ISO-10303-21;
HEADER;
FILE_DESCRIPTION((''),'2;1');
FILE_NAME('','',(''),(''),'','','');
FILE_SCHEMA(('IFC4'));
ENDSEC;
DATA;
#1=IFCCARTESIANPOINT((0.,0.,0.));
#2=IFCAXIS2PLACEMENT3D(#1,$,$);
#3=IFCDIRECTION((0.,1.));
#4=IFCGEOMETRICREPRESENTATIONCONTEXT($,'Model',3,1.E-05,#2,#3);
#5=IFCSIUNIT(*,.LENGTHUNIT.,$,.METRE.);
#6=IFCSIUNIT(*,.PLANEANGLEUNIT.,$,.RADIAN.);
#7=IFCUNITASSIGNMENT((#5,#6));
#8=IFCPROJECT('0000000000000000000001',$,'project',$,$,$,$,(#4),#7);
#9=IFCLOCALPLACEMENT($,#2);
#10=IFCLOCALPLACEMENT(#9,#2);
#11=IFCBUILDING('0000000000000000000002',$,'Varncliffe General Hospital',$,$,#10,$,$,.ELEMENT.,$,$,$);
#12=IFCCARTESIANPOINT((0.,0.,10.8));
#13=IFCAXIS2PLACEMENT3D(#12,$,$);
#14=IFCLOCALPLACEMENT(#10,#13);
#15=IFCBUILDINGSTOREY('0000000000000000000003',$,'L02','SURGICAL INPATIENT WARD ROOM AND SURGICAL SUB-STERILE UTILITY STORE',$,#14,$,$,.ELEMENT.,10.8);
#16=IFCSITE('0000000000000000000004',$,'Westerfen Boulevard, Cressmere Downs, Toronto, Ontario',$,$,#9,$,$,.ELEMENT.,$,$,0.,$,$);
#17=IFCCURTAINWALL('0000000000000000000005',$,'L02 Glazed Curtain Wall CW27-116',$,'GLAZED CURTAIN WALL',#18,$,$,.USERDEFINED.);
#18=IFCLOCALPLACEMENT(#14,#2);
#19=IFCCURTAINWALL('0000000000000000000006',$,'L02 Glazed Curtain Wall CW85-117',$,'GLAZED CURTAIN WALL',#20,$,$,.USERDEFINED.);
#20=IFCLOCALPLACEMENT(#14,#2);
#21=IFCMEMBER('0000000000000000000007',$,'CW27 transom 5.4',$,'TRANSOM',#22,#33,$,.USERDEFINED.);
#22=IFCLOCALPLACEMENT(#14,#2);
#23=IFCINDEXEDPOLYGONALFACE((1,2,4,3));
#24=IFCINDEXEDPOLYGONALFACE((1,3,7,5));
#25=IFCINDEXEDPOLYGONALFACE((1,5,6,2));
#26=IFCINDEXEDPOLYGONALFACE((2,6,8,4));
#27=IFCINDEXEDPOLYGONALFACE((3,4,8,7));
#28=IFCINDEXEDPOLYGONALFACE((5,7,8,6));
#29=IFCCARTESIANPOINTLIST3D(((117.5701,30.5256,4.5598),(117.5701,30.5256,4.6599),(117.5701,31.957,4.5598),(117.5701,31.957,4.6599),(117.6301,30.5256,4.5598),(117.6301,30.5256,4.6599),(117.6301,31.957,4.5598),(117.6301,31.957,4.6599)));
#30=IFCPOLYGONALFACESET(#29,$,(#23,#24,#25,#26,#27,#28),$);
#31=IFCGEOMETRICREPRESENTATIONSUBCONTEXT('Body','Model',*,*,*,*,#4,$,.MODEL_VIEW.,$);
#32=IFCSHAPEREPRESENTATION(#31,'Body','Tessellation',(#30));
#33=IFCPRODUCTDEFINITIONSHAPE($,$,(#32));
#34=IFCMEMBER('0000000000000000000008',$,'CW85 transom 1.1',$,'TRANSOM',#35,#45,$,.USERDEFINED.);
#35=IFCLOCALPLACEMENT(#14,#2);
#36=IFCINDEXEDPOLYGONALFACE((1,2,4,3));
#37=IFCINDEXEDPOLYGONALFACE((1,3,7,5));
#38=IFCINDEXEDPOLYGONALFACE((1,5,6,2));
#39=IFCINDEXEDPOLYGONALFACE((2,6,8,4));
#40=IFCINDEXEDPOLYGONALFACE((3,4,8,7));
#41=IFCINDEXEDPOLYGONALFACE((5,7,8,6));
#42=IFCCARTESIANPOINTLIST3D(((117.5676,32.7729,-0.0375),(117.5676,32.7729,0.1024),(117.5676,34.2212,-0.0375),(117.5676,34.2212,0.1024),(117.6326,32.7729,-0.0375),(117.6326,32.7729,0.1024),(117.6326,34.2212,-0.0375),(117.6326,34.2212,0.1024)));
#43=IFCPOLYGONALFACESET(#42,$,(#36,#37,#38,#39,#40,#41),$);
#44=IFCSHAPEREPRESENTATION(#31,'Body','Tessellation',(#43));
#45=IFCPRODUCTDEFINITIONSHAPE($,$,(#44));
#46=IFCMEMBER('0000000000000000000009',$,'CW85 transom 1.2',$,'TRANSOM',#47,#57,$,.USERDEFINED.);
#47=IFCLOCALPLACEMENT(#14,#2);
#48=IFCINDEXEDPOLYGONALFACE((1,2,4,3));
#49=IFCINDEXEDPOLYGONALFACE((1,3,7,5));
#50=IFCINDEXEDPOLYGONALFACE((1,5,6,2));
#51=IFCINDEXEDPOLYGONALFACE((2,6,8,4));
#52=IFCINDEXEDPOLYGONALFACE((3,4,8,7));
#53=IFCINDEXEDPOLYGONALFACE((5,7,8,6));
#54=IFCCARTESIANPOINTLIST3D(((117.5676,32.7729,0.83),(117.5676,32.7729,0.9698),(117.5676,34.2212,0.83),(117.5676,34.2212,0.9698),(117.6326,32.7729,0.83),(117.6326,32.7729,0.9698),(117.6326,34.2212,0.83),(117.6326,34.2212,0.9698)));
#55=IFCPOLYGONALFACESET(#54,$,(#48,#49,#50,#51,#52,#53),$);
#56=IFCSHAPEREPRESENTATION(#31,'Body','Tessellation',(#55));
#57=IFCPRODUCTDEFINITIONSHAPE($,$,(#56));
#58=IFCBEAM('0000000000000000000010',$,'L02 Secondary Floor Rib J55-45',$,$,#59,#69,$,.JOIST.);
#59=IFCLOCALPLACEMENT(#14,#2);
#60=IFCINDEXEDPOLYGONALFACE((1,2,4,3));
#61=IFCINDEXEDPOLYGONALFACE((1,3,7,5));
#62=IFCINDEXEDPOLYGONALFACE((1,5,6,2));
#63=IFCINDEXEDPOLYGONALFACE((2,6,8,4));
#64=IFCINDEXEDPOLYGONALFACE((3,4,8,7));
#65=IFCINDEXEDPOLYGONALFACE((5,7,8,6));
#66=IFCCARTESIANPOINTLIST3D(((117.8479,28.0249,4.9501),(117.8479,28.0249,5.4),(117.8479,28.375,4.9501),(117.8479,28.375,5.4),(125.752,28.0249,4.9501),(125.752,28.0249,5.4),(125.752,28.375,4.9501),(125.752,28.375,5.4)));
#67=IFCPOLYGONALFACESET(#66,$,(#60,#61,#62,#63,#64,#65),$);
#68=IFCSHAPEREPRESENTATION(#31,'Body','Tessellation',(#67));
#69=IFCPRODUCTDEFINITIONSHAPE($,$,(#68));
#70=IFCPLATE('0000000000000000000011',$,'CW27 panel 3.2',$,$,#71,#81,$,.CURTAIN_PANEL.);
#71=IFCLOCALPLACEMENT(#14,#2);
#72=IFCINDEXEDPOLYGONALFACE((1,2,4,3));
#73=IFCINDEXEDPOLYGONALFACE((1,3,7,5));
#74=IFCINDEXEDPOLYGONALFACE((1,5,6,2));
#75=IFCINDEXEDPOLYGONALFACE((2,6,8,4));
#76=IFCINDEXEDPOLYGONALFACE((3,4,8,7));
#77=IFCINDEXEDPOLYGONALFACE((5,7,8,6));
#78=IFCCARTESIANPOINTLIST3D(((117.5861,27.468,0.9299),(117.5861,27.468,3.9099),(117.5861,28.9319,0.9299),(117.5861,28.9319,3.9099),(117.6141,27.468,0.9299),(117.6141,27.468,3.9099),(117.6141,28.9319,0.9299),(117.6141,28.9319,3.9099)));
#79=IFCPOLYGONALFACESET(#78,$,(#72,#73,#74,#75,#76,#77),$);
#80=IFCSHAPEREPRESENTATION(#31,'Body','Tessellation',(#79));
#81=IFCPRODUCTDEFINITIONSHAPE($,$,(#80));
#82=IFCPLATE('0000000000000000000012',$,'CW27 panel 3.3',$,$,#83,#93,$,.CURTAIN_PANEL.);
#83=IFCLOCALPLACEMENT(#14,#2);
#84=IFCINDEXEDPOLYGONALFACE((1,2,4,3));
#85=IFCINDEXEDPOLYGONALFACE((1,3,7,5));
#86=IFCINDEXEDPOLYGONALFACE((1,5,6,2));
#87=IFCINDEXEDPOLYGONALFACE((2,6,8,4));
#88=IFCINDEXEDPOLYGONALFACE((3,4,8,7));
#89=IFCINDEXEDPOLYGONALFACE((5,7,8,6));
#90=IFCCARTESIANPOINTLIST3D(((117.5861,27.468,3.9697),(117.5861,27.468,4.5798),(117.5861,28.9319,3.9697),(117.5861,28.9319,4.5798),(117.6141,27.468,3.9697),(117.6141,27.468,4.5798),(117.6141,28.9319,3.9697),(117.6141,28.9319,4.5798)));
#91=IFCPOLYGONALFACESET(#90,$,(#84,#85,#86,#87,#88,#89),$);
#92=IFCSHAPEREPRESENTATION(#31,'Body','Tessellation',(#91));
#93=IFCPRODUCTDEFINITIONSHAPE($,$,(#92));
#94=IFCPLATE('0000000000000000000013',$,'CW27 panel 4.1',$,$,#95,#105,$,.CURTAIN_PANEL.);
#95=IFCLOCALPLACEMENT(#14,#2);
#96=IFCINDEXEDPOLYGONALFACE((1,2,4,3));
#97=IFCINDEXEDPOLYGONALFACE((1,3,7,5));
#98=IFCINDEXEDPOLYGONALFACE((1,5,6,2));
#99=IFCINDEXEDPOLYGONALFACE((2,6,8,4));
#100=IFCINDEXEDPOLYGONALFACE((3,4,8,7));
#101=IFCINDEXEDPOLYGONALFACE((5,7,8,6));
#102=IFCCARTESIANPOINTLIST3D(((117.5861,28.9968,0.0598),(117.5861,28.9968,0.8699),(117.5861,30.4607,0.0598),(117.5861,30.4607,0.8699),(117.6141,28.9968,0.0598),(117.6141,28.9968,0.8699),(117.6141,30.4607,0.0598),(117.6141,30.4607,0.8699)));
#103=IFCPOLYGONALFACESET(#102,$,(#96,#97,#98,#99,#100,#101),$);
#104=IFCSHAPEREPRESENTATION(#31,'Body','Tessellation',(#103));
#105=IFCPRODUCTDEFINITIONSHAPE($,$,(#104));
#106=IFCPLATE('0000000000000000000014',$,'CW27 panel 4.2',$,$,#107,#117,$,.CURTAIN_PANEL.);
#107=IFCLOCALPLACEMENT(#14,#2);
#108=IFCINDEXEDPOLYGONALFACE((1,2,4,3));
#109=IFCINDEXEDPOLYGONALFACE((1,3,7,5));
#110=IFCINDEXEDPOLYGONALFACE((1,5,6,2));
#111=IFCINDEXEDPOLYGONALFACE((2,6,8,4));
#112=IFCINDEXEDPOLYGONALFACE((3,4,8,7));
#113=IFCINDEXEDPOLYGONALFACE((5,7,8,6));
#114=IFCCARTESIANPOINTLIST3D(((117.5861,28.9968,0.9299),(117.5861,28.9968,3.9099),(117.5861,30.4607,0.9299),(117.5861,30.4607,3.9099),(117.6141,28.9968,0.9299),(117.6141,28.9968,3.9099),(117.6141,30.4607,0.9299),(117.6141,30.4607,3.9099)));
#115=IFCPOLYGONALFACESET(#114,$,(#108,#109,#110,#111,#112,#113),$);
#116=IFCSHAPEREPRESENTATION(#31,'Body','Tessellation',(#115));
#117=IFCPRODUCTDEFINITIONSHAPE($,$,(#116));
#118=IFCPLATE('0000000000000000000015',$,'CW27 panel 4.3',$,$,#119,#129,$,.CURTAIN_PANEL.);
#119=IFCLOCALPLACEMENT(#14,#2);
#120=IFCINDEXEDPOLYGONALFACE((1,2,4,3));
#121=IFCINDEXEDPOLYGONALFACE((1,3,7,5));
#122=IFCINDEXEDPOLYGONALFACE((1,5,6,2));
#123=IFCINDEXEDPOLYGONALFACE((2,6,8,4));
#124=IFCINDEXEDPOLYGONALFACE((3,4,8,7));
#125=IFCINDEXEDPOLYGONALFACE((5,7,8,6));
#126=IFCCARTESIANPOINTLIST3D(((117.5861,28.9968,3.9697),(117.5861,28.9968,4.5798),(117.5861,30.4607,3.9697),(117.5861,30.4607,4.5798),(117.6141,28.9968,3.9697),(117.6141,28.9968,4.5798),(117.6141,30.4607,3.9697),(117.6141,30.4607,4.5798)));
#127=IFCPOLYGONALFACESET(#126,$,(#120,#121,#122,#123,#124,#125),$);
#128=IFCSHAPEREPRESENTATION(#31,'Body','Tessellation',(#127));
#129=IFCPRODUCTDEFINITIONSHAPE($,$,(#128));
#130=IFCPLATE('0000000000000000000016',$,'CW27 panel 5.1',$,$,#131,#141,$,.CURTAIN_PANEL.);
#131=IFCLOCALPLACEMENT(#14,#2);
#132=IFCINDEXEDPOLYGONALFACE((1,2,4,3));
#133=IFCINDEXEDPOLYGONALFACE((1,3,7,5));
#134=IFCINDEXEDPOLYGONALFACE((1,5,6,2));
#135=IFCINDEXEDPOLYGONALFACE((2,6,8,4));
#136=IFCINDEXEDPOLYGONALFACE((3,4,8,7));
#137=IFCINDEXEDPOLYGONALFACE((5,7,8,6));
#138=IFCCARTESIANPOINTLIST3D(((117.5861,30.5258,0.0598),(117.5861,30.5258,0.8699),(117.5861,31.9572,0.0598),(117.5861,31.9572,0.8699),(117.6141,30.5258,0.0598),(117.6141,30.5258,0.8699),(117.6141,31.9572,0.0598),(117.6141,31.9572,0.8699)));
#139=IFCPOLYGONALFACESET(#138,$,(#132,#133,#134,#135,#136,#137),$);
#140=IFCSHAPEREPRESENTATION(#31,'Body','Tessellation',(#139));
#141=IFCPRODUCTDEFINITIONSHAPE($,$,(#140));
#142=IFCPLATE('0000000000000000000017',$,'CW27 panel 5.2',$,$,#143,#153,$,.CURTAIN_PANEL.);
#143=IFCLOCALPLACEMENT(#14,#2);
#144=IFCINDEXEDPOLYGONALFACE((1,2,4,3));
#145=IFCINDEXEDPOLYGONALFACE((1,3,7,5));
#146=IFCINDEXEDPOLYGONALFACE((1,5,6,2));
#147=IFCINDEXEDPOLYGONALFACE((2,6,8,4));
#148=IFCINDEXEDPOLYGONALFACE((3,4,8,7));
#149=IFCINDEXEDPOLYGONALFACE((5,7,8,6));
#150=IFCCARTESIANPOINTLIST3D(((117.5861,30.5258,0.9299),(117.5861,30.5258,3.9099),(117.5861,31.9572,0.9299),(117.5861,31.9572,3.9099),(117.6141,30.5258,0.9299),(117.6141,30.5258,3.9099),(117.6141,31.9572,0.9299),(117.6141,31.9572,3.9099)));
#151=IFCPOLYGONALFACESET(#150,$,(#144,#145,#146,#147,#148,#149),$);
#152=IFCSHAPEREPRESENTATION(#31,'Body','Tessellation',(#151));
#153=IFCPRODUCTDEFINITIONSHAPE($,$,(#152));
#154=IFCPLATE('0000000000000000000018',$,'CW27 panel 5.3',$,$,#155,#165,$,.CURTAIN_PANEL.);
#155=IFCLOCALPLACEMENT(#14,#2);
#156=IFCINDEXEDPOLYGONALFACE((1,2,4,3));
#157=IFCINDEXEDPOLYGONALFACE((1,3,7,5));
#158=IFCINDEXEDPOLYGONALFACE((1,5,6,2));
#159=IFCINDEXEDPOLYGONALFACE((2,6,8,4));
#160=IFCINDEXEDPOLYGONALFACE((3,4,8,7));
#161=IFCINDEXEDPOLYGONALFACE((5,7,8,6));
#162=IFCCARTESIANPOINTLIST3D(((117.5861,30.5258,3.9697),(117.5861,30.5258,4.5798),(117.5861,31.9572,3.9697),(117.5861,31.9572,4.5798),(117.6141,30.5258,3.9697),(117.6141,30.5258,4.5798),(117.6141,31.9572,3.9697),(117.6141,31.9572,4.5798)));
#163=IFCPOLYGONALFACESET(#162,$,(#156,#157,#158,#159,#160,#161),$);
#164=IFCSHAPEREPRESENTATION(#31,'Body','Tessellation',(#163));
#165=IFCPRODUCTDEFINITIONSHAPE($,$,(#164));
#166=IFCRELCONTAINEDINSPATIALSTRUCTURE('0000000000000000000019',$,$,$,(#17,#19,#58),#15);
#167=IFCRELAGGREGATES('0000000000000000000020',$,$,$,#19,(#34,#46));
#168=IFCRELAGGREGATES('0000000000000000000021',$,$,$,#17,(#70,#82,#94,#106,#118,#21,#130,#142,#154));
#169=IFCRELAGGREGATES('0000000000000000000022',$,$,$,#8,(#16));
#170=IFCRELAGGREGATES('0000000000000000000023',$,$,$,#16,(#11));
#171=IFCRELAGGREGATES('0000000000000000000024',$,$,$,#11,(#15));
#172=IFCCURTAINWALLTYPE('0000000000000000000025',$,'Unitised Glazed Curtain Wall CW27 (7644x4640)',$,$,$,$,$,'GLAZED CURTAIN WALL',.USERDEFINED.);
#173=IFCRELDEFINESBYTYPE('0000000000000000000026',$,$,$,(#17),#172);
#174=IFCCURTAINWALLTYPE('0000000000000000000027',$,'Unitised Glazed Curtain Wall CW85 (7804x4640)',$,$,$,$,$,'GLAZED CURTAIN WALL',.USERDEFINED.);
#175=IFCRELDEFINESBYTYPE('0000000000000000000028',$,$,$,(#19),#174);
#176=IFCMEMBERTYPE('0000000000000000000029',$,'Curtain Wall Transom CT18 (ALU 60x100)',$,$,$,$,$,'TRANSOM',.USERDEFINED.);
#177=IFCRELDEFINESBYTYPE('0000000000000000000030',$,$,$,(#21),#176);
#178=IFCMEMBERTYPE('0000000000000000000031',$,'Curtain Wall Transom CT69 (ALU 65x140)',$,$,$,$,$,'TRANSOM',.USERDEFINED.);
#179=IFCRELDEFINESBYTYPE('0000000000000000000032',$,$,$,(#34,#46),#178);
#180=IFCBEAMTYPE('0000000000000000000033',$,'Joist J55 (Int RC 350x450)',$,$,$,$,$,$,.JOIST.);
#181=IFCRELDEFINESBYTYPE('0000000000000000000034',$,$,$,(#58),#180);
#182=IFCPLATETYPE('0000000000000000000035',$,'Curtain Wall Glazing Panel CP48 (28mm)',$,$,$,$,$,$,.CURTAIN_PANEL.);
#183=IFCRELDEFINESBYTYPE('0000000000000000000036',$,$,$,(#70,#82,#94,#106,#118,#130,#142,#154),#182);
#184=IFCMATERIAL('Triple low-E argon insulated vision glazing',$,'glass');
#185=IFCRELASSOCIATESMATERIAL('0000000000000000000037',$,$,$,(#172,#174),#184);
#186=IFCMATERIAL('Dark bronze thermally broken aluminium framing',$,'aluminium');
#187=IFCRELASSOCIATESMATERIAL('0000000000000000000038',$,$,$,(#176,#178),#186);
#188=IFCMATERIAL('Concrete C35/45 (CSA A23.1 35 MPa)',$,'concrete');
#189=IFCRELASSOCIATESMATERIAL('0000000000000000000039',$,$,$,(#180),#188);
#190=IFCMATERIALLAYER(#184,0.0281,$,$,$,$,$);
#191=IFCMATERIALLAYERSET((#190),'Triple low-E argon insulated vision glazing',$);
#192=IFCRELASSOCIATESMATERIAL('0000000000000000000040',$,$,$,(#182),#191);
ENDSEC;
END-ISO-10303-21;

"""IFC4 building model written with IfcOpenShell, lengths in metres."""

from ifc_helpers import new_model, si_unit, direction, frame, origin, origin_2d, place, context, subcontext, project, spatial, rectangle, extrude, material, layer, layer_set, material_profile, profile_set, type_object, element, aggregate, save


model = new_model("IFC4")

# Units and contexts
model_context = context("Model", 3, precision=1e-05, world=origin(), true_north=direction((0.0, 1.0)))
body_context = subcontext(model_context, "Body", "Model", "MODEL_VIEW")
ifc_project = project(units=[si_unit("LENGTHUNIT", "METRE"), si_unit("PLANEANGLEUNIT", "RADIAN")], contexts=[model_context])

# Site, building, storey
site_placement = place(None, origin())
site = spatial("IfcSite", under=ifc_project, at=site_placement, Name="Westerfen Boulevard, Cressmere Downs, Toronto, Ontario", CompositionType="ELEMENT", RefElevation=0.0)
building_placement = place(site_placement, origin())
building = spatial("IfcBuilding", under=site, at=building_placement, Name="Varncliffe General Hospital", CompositionType="ELEMENT")
storey_placement = place(building_placement, frame((0.0, 0.0, 10.8)))
storey = spatial("IfcBuildingStorey", under=building, at=storey_placement, Name="L02", Description="SURGICAL INPATIENT WARD ROOM AND SURGICAL SUB-STERILE UTILITY STORE", CompositionType="ELEMENT", Elevation=10.8)

# Shared definitions
ifc_material_1 = material(Name="Concrete C35/45 (CSA A23.1 35 MPa)", Category="concrete")

# Curtain wall
ifc_material_2 = material(Name="Triple low-E argon insulated vision glazing", Category="glass")
curtain_wall_type_1 = type_object("IfcCurtainWallType", Name="Unitised Glazed Curtain Wall CW27 (7644x4640)", ElementType="GLAZED CURTAIN WALL", PredefinedType="USERDEFINED", material=ifc_material_2)
curtain_wall_1_placement = place(storey_placement, origin())
curtain_wall_1 = element("IfcCurtainWall", 1, at=curtain_wall_1_placement, inside=storey, type_object=curtain_wall_type_1, Name="L02 Glazed Curtain Wall CW27-116", ObjectType="GLAZED CURTAIN WALL", PredefinedType="USERDEFINED")
ifc_material_3 = material(Name="Dark bronze thermally broken aluminium framing", Category="aluminium")

# Curtain wall
curtain_wall_type_2 = type_object("IfcCurtainWallType", Name="Unitised Glazed Curtain Wall CW85 (7804x4640)", ElementType="GLAZED CURTAIN WALL", PredefinedType="USERDEFINED", material=ifc_material_2)
curtain_wall_2_placement = place(storey_placement, origin())
curtain_wall_2 = element("IfcCurtainWall", 2, at=curtain_wall_2_placement, inside=storey, type_object=curtain_wall_type_2, Name="L02 Glazed Curtain Wall CW85-117", ObjectType="GLAZED CURTAIN WALL", PredefinedType="USERDEFINED")

# Members
ifc_material_profile_1 = material_profile(ifc_material_3, rectangle(XDim=0.0601, YDim=0.1001, at=origin_2d()), Name="ALU 60x100")
ifc_profile_set_1 = profile_set([ifc_material_profile_1], Name="Dark bronze thermally broken aluminium framing")
member_type_1 = type_object("IfcMemberType", Name="Curtain Wall Transom CT18 (ALU 60x100)", ElementType="TRANSOM", PredefinedType="USERDEFINED", material=ifc_profile_set_1)
member_1_placement = place(storey_placement, frame((117.6001, 30.5256, 4.6099), z_axis=(0.0, 1.0, 0.0), x_axis=(-1.0, 0.0, 0.0)))
member_1 = element("IfcMember", 3, at=member_1_placement, type_object=member_type_1, Name="CW27 transom 5.4", ObjectType="TRANSOM", PredefinedType="USERDEFINED", context=body_context, shape_type="SweptSolid", body=[
    extrude(rectangle(XDim=0.0601, YDim=0.1001, at=origin_2d()), origin(), (0.0, 0.0, 1.0), 1.4314),
])
ifc_material_profile_2 = material_profile(ifc_material_3, rectangle(XDim=0.0649, YDim=0.1399, at=origin_2d()), Name="ALU 65x140")
ifc_profile_set_2 = profile_set([ifc_material_profile_2], Name="Dark bronze thermally broken aluminium framing")
member_type_2 = type_object("IfcMemberType", Name="Curtain Wall Transom CT69 (ALU 65x140)", ElementType="TRANSOM", PredefinedType="USERDEFINED", material=ifc_profile_set_2)
member_2_placement = place(storey_placement, frame((117.6001, 32.7729, 0.0325), z_axis=(0.0, 1.0, 0.0), x_axis=(-1.0, 0.0, 0.0)))
member_2 = element("IfcMember", 4, at=member_2_placement, type_object=member_type_2, Name="CW85 transom 1.1", ObjectType="TRANSOM", PredefinedType="USERDEFINED", context=body_context, shape_type="SweptSolid", body=[
    extrude(rectangle(XDim=0.0649, YDim=0.1399, at=origin_2d()), origin(), (0.0, 0.0, 1.0), 1.4482),
])
member_3_placement = place(storey_placement, frame((117.6001, 32.7729, 0.8999), z_axis=(0.0, 1.0, 0.0), x_axis=(-1.0, 0.0, 0.0)))
member_3 = element("IfcMember", 5, at=member_3_placement, type_object=member_type_2, Name="CW85 transom 1.2", ObjectType="TRANSOM", PredefinedType="USERDEFINED", context=body_context, shape_type="SweptSolid", body=[
    extrude(rectangle(XDim=0.0649, YDim=0.1399, at=origin_2d()), origin(), (0.0, 0.0, 1.0), 1.4482),
])
aggregate(curtain_wall_2, [member_2, member_3])

# Beam
ifc_material_profile_3 = material_profile(ifc_material_1, rectangle(XDim=0.3501, YDim=0.45, at=origin_2d()), Name="RC 350x450")
ifc_profile_set_3 = profile_set([ifc_material_profile_3], Name="Concrete C35/45 (CSA A23.1 35 MPa)")
beam_type_1 = type_object("IfcBeamType", Name="Joist J55 (Int RC 350x450)", PredefinedType="JOIST", material=ifc_profile_set_3)
beam_1_placement = place(storey_placement, frame((117.8479, 28.2, 5.175), z_axis=(1.0, 0.0, 0.0), x_axis=(0.0, 1.0, 0.0)))
element("IfcBeam", 6, at=beam_1_placement, inside=storey, type_object=beam_type_1, Name="L02 Secondary Floor Rib J55-45", PredefinedType="JOIST", context=body_context, shape_type="SweptSolid", body=[
    extrude(rectangle(XDim=0.3501, YDim=0.45, at=origin_2d()), origin(), (0.0, 0.0, 1.0), 7.9041),
])

# Plates
ifc_layer = layer(ifc_material_2, 0.0281)
ifc_layer_set = layer_set([ifc_layer], Name="Triple low-E argon insulated vision glazing")
plate_type = type_object("IfcPlateType", Name="Curtain Wall Glazing Panel CP48 (28mm)", PredefinedType="CURTAIN_PANEL", material=ifc_layer_set)
plate_1_placement = place(storey_placement, frame((117.6001, 28.2, 0.9299), z_axis=(0.0, 0.0, 1.0), x_axis=(0.0, 1.0, 0.0)))
plate_1 = element("IfcPlate", 7, at=plate_1_placement, type_object=plate_type, Name="CW27 panel 3.2", PredefinedType="CURTAIN_PANEL", context=body_context, shape_type="SweptSolid", body=[
    extrude(rectangle(XDim=1.4639, YDim=0.0281, at=origin_2d()), origin(), (0.0, 0.0, 1.0), 2.98),
])
plate_2_placement = place(storey_placement, frame((117.6001, 28.2, 3.9697), z_axis=(0.0, 0.0, 1.0), x_axis=(0.0, 1.0, 0.0)))
plate_2 = element("IfcPlate", 8, at=plate_2_placement, type_object=plate_type, Name="CW27 panel 3.3", PredefinedType="CURTAIN_PANEL", context=body_context, shape_type="SweptSolid", body=[
    extrude(rectangle(XDim=1.4639, YDim=0.0281, at=origin_2d()), origin(), (0.0, 0.0, 1.0), 0.6101),
])
plate_3_placement = place(storey_placement, frame((117.6001, 29.7288, 0.0598), z_axis=(0.0, 0.0, 1.0), x_axis=(0.0, 1.0, 0.0)))
plate_3 = element("IfcPlate", 9, at=plate_3_placement, type_object=plate_type, Name="CW27 panel 4.1", PredefinedType="CURTAIN_PANEL", context=body_context, shape_type="SweptSolid", body=[
    extrude(rectangle(XDim=1.4639, YDim=0.0281, at=origin_2d()), origin(), (0.0, 0.0, 1.0), 0.8101),
])
plate_4_placement = place(storey_placement, frame((117.6001, 29.7288, 0.9299), z_axis=(0.0, 0.0, 1.0), x_axis=(0.0, 1.0, 0.0)))
plate_4 = element("IfcPlate", 10, at=plate_4_placement, type_object=plate_type, Name="CW27 panel 4.2", PredefinedType="CURTAIN_PANEL", context=body_context, shape_type="SweptSolid", body=[
    extrude(rectangle(XDim=1.4639, YDim=0.0281, at=origin_2d()), origin(), (0.0, 0.0, 1.0), 2.98),
])
plate_5_placement = place(storey_placement, frame((117.6001, 29.7288, 3.9697), z_axis=(0.0, 0.0, 1.0), x_axis=(0.0, 1.0, 0.0)))
plate_5 = element("IfcPlate", 11, at=plate_5_placement, type_object=plate_type, Name="CW27 panel 4.3", PredefinedType="CURTAIN_PANEL", context=body_context, shape_type="SweptSolid", body=[
    extrude(rectangle(XDim=1.4639, YDim=0.0281, at=origin_2d()), origin(), (0.0, 0.0, 1.0), 0.6101),
])
plate_6_placement = place(storey_placement, frame((117.6001, 31.2415, 0.0598), z_axis=(0.0, 0.0, 1.0), x_axis=(0.0, 1.0, 0.0)))
plate_6 = element("IfcPlate", 12, at=plate_6_placement, type_object=plate_type, Name="CW27 panel 5.1", PredefinedType="CURTAIN_PANEL", context=body_context, shape_type="SweptSolid", body=[
    extrude(rectangle(XDim=1.4314, YDim=0.0281, at=origin_2d()), origin(), (0.0, 0.0, 1.0), 0.8101),
])
plate_7_placement = place(storey_placement, frame((117.6001, 31.2415, 0.9299), z_axis=(0.0, 0.0, 1.0), x_axis=(0.0, 1.0, 0.0)))
plate_7 = element("IfcPlate", 13, at=plate_7_placement, type_object=plate_type, Name="CW27 panel 5.2", PredefinedType="CURTAIN_PANEL", context=body_context, shape_type="SweptSolid", body=[
    extrude(rectangle(XDim=1.4314, YDim=0.0281, at=origin_2d()), origin(), (0.0, 0.0, 1.0), 2.98),
])
plate_8_placement = place(storey_placement, frame((117.6001, 31.2415, 3.9697), z_axis=(0.0, 0.0, 1.0), x_axis=(0.0, 1.0, 0.0)))
plate_8 = element("IfcPlate", 14, at=plate_8_placement, type_object=plate_type, Name="CW27 panel 5.3", PredefinedType="CURTAIN_PANEL", context=body_context, shape_type="SweptSolid", body=[
    extrude(rectangle(XDim=1.4314, YDim=0.0281, at=origin_2d()), origin(), (0.0, 0.0, 1.0), 0.6101),
])
aggregate(curtain_wall_1, [plate_1, plate_2, plate_3, plate_4, plate_5, member_1, plate_6, plate_7, plate_8])

save(model, "model.ifc")
